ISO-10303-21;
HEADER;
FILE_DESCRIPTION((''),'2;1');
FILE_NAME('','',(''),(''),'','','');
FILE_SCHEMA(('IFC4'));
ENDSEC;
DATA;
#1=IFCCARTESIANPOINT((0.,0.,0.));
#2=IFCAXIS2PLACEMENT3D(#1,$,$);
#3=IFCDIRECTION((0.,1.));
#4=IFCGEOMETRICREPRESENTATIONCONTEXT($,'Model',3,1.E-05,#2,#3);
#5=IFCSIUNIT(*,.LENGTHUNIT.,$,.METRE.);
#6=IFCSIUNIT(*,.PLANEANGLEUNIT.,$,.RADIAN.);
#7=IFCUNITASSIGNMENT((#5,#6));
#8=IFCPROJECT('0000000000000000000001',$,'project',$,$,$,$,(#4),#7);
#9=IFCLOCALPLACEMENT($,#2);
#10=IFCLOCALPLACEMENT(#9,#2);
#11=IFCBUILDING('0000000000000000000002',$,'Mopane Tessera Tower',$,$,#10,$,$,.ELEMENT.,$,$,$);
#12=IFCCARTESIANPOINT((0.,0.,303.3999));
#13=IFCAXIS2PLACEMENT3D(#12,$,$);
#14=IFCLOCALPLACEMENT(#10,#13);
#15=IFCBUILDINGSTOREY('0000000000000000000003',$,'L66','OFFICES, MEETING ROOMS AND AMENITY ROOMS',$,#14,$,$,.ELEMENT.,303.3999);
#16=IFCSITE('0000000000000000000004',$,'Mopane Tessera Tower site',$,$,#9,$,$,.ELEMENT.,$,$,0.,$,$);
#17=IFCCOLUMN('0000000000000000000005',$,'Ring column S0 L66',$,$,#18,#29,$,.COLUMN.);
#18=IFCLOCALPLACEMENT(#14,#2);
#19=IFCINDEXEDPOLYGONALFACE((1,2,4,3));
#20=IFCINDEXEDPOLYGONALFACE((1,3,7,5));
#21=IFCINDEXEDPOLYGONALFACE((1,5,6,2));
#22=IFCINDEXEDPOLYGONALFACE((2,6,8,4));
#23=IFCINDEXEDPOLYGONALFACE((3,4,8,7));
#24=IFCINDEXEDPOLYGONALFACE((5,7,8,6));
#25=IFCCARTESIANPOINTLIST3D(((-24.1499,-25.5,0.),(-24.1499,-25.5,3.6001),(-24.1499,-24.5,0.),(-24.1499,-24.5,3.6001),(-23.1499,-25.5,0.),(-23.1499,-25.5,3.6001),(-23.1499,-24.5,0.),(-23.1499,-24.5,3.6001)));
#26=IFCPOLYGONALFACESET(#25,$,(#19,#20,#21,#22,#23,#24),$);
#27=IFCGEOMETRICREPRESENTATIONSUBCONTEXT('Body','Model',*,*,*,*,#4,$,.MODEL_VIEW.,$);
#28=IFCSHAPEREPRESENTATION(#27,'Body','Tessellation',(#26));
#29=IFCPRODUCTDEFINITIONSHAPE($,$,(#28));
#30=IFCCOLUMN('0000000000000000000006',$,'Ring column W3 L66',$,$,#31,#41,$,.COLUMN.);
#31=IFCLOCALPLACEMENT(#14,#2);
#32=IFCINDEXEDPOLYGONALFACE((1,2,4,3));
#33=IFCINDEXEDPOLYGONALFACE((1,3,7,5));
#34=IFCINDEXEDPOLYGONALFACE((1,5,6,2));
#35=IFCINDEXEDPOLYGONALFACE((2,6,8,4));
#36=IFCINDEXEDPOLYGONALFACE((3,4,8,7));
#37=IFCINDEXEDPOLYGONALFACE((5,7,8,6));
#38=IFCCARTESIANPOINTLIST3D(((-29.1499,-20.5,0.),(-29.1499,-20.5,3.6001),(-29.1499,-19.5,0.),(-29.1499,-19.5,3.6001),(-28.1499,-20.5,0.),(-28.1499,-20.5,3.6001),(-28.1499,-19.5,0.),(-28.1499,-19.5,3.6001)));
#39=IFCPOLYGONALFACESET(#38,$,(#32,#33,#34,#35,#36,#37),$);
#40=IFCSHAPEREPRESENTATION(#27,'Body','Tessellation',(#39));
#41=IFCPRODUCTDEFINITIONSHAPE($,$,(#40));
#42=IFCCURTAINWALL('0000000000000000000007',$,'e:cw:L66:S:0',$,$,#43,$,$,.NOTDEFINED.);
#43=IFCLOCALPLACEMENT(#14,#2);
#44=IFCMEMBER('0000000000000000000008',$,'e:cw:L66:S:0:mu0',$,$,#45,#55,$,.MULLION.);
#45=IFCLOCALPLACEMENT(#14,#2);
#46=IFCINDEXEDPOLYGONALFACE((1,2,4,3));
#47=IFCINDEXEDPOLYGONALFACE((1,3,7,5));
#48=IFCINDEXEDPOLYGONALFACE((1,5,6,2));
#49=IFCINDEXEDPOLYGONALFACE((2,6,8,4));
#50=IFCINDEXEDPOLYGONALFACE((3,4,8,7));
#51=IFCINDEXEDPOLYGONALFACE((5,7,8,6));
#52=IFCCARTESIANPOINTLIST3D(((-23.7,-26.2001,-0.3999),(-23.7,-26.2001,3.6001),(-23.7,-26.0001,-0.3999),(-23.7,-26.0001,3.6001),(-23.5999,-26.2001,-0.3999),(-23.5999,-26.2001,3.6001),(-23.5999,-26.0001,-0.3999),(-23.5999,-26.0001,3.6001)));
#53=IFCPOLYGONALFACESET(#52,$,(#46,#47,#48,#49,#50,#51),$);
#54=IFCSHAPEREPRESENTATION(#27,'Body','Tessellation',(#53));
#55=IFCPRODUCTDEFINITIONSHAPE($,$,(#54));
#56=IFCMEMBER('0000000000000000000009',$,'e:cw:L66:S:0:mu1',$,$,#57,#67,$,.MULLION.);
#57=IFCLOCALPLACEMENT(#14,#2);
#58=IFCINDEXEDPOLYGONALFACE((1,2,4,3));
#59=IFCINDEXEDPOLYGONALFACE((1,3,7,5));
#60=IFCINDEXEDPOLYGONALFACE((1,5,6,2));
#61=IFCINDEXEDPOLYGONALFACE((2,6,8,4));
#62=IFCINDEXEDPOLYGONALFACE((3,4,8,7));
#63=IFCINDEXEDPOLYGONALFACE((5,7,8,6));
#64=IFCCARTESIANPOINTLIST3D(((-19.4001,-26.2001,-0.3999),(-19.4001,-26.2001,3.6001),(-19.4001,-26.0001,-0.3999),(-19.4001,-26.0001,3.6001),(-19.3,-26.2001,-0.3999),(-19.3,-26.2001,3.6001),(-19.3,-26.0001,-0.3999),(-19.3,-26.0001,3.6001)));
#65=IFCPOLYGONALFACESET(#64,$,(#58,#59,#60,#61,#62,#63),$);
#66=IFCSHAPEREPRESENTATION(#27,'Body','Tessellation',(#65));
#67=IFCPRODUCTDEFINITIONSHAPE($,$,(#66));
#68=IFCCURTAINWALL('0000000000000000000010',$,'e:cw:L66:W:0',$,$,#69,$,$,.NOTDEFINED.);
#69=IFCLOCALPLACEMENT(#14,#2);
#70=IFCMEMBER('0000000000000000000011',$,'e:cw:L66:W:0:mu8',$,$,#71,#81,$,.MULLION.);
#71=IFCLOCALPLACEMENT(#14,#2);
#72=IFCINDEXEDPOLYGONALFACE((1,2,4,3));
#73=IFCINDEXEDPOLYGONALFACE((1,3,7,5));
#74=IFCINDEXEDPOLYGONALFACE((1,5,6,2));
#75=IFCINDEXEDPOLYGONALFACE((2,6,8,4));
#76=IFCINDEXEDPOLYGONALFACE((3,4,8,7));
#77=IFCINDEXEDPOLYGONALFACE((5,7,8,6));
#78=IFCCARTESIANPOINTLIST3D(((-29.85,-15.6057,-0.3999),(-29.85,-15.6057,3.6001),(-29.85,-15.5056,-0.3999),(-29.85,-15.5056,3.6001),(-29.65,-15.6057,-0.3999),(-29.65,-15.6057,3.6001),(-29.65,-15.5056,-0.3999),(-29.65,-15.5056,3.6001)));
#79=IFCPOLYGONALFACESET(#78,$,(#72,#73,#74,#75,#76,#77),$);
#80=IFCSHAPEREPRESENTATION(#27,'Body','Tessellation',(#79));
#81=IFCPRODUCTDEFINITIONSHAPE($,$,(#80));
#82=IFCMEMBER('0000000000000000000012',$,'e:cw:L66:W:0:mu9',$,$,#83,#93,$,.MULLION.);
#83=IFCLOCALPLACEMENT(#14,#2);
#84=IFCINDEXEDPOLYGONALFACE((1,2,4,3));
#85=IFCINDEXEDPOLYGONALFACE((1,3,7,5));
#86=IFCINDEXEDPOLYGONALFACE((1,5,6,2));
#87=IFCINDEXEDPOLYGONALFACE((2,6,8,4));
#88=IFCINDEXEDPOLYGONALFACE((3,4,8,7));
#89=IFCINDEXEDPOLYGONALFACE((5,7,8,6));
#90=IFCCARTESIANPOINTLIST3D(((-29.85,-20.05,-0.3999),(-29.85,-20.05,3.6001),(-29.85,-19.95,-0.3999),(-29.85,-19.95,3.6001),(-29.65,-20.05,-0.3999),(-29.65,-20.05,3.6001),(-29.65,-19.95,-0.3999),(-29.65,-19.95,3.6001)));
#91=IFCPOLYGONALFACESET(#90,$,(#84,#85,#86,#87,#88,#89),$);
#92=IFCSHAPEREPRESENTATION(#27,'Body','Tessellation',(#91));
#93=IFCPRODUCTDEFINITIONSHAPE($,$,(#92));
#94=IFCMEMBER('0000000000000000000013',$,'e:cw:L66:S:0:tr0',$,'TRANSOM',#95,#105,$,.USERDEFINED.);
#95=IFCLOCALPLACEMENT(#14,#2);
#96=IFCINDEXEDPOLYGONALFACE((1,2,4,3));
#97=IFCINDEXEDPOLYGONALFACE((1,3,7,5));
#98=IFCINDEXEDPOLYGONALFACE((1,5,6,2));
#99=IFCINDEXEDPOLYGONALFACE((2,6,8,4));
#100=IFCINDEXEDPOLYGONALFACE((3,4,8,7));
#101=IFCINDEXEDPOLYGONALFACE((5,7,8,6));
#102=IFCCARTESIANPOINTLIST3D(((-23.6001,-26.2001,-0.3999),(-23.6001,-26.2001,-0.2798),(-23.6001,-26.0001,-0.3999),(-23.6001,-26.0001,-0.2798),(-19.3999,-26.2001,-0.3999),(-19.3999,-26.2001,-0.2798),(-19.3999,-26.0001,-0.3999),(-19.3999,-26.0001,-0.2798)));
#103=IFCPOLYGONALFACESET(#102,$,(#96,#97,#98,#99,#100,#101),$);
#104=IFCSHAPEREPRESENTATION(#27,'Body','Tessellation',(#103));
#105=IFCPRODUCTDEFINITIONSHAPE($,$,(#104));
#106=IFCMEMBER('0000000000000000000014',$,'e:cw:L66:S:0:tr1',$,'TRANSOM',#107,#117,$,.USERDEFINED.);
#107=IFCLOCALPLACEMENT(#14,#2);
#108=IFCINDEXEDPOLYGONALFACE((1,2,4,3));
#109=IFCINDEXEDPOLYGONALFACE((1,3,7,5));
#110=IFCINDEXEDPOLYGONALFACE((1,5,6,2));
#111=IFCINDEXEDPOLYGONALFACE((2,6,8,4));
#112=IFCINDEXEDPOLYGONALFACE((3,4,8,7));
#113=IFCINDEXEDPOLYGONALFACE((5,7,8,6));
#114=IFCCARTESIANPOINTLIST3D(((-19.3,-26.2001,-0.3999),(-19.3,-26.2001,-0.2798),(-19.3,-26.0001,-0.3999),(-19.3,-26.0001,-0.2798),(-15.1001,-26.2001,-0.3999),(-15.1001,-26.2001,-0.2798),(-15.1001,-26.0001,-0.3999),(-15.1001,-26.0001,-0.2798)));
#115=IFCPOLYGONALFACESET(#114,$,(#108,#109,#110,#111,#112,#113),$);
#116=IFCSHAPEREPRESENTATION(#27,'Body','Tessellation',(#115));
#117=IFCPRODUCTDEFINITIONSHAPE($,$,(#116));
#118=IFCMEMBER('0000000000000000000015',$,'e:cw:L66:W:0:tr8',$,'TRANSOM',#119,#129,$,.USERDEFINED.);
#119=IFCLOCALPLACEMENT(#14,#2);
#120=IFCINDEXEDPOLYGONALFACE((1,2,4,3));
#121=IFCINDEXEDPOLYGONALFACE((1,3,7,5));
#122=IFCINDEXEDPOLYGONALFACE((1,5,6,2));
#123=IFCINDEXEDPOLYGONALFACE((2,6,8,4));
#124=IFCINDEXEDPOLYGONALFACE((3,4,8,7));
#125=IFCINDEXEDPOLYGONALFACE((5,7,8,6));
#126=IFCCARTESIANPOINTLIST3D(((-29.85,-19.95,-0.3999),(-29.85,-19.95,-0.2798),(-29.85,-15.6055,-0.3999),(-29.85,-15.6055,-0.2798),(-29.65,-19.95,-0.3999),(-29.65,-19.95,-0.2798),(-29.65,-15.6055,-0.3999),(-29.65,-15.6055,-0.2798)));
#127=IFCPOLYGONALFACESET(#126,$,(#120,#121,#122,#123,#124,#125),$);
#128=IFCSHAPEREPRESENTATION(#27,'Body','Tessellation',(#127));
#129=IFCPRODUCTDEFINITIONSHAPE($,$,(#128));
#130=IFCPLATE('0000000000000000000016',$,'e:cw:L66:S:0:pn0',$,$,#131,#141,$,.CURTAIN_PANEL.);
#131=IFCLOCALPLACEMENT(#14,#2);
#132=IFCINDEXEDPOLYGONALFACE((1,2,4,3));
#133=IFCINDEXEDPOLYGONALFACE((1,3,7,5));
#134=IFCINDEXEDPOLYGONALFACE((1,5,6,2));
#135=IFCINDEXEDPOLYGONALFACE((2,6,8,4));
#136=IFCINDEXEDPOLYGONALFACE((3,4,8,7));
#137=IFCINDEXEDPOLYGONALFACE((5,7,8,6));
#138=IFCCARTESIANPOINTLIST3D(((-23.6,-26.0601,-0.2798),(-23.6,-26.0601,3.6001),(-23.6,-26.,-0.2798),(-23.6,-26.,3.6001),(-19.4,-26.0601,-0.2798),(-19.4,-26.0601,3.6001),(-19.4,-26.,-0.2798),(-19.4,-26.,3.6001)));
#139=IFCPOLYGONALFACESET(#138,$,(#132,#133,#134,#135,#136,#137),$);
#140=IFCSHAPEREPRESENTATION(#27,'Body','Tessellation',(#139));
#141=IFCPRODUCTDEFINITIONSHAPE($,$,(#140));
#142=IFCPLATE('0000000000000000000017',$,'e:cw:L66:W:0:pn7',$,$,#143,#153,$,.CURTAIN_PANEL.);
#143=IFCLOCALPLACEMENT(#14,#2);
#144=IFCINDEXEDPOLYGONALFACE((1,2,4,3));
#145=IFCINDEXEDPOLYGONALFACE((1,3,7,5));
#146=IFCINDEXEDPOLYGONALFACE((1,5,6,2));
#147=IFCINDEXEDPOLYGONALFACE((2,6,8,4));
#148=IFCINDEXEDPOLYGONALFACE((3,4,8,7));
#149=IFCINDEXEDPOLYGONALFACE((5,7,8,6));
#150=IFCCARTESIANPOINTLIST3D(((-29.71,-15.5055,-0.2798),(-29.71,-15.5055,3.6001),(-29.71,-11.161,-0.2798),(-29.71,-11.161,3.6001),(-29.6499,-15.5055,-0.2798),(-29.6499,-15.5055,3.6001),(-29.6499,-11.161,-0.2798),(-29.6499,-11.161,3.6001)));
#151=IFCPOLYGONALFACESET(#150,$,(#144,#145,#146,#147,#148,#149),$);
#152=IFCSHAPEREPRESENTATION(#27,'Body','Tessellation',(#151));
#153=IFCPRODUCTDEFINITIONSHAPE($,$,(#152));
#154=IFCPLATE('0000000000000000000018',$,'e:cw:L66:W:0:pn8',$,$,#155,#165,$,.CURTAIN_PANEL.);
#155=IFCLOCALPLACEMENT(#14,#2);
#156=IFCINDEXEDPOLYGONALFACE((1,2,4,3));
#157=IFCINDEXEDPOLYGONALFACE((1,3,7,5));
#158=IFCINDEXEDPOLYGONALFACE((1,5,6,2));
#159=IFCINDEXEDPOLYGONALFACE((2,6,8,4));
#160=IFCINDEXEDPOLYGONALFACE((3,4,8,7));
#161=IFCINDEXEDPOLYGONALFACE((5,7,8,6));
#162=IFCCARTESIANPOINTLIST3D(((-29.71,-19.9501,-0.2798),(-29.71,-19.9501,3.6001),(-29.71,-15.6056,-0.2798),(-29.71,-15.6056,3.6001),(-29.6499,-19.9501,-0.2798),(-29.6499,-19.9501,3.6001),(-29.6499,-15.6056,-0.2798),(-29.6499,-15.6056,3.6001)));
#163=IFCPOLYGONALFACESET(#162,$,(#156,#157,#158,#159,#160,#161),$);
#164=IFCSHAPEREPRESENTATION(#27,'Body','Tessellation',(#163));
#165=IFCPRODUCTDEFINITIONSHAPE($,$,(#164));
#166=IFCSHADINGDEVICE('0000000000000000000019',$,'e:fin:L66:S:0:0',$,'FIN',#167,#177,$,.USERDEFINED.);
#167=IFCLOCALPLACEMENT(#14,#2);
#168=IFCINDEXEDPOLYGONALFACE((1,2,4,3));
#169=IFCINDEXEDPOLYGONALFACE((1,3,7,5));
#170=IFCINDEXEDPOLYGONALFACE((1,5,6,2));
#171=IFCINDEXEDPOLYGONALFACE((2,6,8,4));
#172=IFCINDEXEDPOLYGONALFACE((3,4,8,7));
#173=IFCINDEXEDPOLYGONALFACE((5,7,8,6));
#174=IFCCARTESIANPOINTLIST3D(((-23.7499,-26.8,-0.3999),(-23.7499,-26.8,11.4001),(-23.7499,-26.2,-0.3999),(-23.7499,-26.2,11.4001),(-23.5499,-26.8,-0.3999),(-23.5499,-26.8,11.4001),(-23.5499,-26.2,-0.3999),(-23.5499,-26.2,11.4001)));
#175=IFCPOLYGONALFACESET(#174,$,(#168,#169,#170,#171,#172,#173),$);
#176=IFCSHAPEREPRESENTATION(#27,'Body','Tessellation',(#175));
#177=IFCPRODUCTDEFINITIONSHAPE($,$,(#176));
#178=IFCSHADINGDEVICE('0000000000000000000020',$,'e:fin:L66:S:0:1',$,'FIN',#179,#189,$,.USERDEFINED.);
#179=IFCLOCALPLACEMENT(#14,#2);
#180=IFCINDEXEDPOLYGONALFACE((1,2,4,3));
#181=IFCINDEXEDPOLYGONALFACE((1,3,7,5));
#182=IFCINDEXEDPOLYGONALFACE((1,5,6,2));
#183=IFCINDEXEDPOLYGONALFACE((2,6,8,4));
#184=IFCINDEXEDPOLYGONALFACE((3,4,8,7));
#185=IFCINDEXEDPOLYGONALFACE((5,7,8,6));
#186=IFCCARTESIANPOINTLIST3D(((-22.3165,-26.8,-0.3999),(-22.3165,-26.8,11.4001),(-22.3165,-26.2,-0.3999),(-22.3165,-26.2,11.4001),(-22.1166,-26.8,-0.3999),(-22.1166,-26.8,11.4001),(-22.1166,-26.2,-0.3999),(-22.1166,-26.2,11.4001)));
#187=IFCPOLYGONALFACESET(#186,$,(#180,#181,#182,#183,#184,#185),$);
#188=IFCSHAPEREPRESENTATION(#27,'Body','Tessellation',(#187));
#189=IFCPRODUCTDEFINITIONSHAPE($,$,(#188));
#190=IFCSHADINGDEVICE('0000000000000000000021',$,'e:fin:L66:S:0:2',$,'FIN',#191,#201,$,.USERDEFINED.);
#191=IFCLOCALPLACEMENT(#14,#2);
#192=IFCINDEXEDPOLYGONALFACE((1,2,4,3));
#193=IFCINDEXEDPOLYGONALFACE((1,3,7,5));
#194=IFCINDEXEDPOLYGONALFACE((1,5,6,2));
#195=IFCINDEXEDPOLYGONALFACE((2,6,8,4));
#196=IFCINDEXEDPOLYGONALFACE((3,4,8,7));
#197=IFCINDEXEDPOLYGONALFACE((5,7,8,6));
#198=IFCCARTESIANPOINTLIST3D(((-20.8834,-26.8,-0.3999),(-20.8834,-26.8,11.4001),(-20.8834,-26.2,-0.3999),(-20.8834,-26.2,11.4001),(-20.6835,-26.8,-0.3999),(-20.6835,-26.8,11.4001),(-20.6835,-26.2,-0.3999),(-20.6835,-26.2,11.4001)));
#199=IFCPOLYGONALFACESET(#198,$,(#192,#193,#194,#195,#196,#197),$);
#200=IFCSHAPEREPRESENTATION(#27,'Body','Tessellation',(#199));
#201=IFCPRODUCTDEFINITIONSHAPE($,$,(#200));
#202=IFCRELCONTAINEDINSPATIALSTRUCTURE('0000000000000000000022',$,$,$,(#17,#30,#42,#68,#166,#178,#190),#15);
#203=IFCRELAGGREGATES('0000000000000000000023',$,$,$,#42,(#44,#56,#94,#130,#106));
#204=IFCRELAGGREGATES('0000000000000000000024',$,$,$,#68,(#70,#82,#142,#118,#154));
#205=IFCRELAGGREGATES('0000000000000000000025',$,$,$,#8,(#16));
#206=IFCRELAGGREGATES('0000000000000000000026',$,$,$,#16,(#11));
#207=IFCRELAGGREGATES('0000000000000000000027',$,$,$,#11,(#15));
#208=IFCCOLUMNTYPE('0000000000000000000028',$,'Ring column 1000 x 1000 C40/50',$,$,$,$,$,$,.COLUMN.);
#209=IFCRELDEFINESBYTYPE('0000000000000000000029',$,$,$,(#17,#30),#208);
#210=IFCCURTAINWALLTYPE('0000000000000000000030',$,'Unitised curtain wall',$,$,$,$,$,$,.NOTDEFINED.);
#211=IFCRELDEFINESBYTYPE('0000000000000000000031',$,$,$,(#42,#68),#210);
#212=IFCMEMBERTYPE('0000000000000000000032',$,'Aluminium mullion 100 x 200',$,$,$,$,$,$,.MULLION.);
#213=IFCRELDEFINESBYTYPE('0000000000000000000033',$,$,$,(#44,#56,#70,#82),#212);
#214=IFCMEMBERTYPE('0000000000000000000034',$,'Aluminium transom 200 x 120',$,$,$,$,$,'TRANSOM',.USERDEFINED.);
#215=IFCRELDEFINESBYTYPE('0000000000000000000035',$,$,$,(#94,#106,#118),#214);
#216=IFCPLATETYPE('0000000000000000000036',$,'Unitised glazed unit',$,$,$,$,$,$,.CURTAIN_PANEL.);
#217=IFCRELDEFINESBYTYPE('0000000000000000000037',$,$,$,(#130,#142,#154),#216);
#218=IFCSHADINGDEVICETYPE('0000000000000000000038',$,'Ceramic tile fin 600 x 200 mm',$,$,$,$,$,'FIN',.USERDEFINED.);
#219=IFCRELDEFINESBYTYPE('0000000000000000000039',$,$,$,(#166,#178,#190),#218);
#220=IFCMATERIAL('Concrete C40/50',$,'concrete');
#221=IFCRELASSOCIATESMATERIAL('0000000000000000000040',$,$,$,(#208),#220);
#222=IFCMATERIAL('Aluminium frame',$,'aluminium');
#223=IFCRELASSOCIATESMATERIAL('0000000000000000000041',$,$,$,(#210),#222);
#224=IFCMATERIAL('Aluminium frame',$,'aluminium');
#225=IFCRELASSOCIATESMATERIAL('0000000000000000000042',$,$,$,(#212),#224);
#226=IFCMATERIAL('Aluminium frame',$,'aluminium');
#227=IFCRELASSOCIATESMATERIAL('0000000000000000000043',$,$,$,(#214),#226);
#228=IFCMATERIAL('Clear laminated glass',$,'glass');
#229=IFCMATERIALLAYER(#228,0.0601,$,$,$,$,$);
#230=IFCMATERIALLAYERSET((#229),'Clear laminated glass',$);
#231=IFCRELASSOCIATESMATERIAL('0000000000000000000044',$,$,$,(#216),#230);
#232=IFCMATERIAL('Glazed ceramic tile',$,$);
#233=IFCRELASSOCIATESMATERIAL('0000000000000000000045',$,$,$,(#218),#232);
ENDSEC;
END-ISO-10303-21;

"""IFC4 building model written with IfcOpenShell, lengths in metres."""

from ifc_helpers import new_model, si_unit, direction, frame, origin, origin_2d, place, context, subcontext, project, spatial, rectangle, extrude, material, layer, layer_set, material_profile, profile_set, type_object, element, aggregate, save


model = new_model("IFC4")

# Units and contexts
model_context = context("Model", 3, precision=1e-05, world=origin(), true_north=direction((0.0, 1.0)))
body_context = subcontext(model_context, "Body", "Model", "MODEL_VIEW")
ifc_project = project(units=[si_unit("LENGTHUNIT", "METRE"), si_unit("PLANEANGLEUNIT", "RADIAN")], contexts=[model_context])

# Site, building, storey
site_placement = place(None, origin())
site = spatial("IfcSite", under=ifc_project, at=site_placement, Name="Mopane Tessera Tower site", CompositionType="ELEMENT", RefElevation=0.0)
building_placement = place(site_placement, origin())
building = spatial("IfcBuilding", under=site, at=building_placement, Name="Mopane Tessera Tower", CompositionType="ELEMENT")
storey_placement = place(building_placement, frame((0.0, 0.0, 303.3999)))
storey = spatial("IfcBuildingStorey", under=building, at=storey_placement, Name="L66", Description="OFFICES, MEETING ROOMS AND AMENITY ROOMS", CompositionType="ELEMENT", Elevation=303.3999)

# Columns
ifc_material_1 = material(Name="Concrete C40/50", Category="concrete")
ifc_material_profile_1 = material_profile(ifc_material_1, rectangle(XDim=1.0, YDim=1.0, at=origin_2d()))
ifc_profile_set_1 = profile_set([ifc_material_profile_1], Name="Concrete C40/50")
column_type = type_object("IfcColumnType", Name="Ring column 1000 x 1000 C40/50", PredefinedType="COLUMN", material=ifc_profile_set_1)
for number, where, z_axis, x_axis, name in (
    (1, (-23.6499, -25.0, 0.0), (0.0, 0.0, 1.0), (1.0, 0.0, 0.0), "Ring column S0 L66"),
    (2, (-28.6499, -20.0, 0.0), (0.0, 0.0, 1.0), (1.0, 0.0, 0.0), "Ring column W3 L66"),
):
    element("IfcColumn", number, at=place(storey_placement, frame(where, z_axis=z_axis, x_axis=x_axis)), inside=storey, type_object=column_type, Name=name, PredefinedType="COLUMN", context=body_context, shape_type="SweptSolid", body=[
        extrude(rectangle(XDim=1.0, YDim=1.0, at=origin_2d()), origin(), (0.0, 0.0, 1.0), 3.6001),
    ])

# Curtain walls, members
ifc_material_2 = material(Name="Aluminium frame", Category="aluminium")
curtain_wall_type = type_object("IfcCurtainWallType", Name="Unitised curtain wall", PredefinedType="NOTDEFINED", material=ifc_material_2)
curtain_wall_1_placement = place(storey_placement, origin())
curtain_wall_1 = element("IfcCurtainWall", 3, at=curtain_wall_1_placement, inside=storey, type_object=curtain_wall_type, Name="e:cw:L66:S:0", PredefinedType="NOTDEFINED")
ifc_material_3 = material(Name="Aluminium frame", Category="aluminium")
ifc_material_profile_2 = material_profile(ifc_material_3, rectangle(XDim=0.1001, YDim=0.2, at=origin_2d()))
ifc_profile_set_2 = profile_set([ifc_material_profile_2], Name="Aluminium frame")
member_type_1 = type_object("IfcMemberType", Name="Aluminium mullion 100 x 200", PredefinedType="MULLION", material=ifc_profile_set_2)
member_1_placement = place(storey_placement, frame((-23.6499, -26.1001, -0.3999), z_axis=(0.0, 0.0, 1.0), x_axis=(1.0, 0.0, 0.0)))
member_1 = element("IfcMember", 4, at=member_1_placement, type_object=member_type_1, Name="e:cw:L66:S:0:mu0", PredefinedType="MULLION", context=body_context, shape_type="SweptSolid", body=[
    extrude(rectangle(XDim=0.1001, YDim=0.2, at=origin_2d()), origin(), (0.0, 0.0, 1.0), 4.0),
])
member_2_placement = place(storey_placement, frame((-19.3501, -26.1001, -0.3999), z_axis=(0.0, 0.0, 1.0), x_axis=(1.0, 0.0, 0.0)))
member_2 = element("IfcMember", 5, at=member_2_placement, type_object=member_type_1, Name="e:cw:L66:S:0:mu1", PredefinedType="MULLION", context=body_context, shape_type="SweptSolid", body=[
    extrude(rectangle(XDim=0.1001, YDim=0.2, at=origin_2d()), origin(), (0.0, 0.0, 1.0), 4.0),
])
curtain_wall_2_placement = place(storey_placement, origin())
curtain_wall_2 = element("IfcCurtainWall", 6, at=curtain_wall_2_placement, inside=storey, type_object=curtain_wall_type, Name="e:cw:L66:W:0", PredefinedType="NOTDEFINED")
member_3_placement = place(storey_placement, frame((-29.75, -15.5557, -0.3999), z_axis=(0.0, 0.0, 1.0), x_axis=(0.0, -1.0, 0.0)))
member_3 = element("IfcMember", 7, at=member_3_placement, type_object=member_type_1, Name="e:cw:L66:W:0:mu8", PredefinedType="MULLION", context=body_context, shape_type="SweptSolid", body=[
    extrude(rectangle(XDim=0.1001, YDim=0.2, at=origin_2d()), origin(), (0.0, 0.0, 1.0), 4.0),
])
member_4_placement = place(storey_placement, frame((-29.75, -20.0, -0.3999), z_axis=(0.0, 0.0, 1.0), x_axis=(0.0, -1.0, 0.0)))
member_4 = element("IfcMember", 8, at=member_4_placement, type_object=member_type_1, Name="e:cw:L66:W:0:mu9", PredefinedType="MULLION", context=body_context, shape_type="SweptSolid", body=[
    extrude(rectangle(XDim=0.1001, YDim=0.2, at=origin_2d()), origin(), (0.0, 0.0, 1.0), 4.0),
])

# Members
ifc_material_4 = material(Name="Aluminium frame", Category="aluminium")
ifc_material_profile_3 = material_profile(ifc_material_4, rectangle(XDim=0.2, YDim=0.1201, at=origin_2d()))
ifc_profile_set_3 = profile_set([ifc_material_profile_3], Name="Aluminium frame")
member_type_2 = type_object("IfcMemberType", Name="Aluminium transom 200 x 120", ElementType="TRANSOM", PredefinedType="USERDEFINED", material=ifc_profile_set_3)
member_5_placement = place(storey_placement, frame((-23.6001, -26.1001, -0.3398), z_axis=(1.0, 0.0, 0.0), x_axis=(0.0, 1.0, 0.0)))
member_5 = element("IfcMember", 9, at=member_5_placement, type_object=member_type_2, Name="e:cw:L66:S:0:tr0", ObjectType="TRANSOM", PredefinedType="USERDEFINED", context=body_context, shape_type="SweptSolid", body=[
    extrude(rectangle(XDim=0.2, YDim=0.1201, at=origin_2d()), origin(), (0.0, 0.0, 1.0), 4.2002),
])
member_6_placement = place(storey_placement, frame((-19.3, -26.1001, -0.3398), z_axis=(1.0, 0.0, 0.0), x_axis=(0.0, 1.0, 0.0)))
member_6 = element("IfcMember", 10, at=member_6_placement, type_object=member_type_2, Name="e:cw:L66:S:0:tr1", ObjectType="TRANSOM", PredefinedType="USERDEFINED", context=body_context, shape_type="SweptSolid", body=[
    extrude(rectangle(XDim=0.2, YDim=0.1201, at=origin_2d()), origin(), (0.0, 0.0, 1.0), 4.2),
])
member_7_placement = place(storey_placement, frame((-29.75, -15.6055, -0.3398), z_axis=(0.0, -1.0, 0.0), x_axis=(1.0, 0.0, 0.0)))
member_7 = element("IfcMember", 11, at=member_7_placement, type_object=member_type_2, Name="e:cw:L66:W:0:tr8", ObjectType="TRANSOM", PredefinedType="USERDEFINED", context=body_context, shape_type="SweptSolid", body=[
    extrude(rectangle(XDim=0.2, YDim=0.1201, at=origin_2d()), origin(), (0.0, 0.0, 1.0), 4.3445),
])

# Plates
ifc_material_5 = material(Name="Clear laminated glass", Category="glass")
ifc_layer = layer(ifc_material_5, 0.0601)
ifc_layer_set = layer_set([ifc_layer], Name="Clear laminated glass")
plate_type = type_object("IfcPlateType", Name="Unitised glazed unit", PredefinedType="CURTAIN_PANEL", material=ifc_layer_set)
plate_1_placement = place(storey_placement, frame((-21.5, -26.03, -0.2798), z_axis=(0.0, 0.0, 1.0), x_axis=(1.0, 0.0, 0.0)))
plate_1 = element("IfcPlate", 12, at=plate_1_placement, type_object=plate_type, Name="e:cw:L66:S:0:pn0", PredefinedType="CURTAIN_PANEL", context=body_context, shape_type="SweptSolid", body=[
    extrude(rectangle(XDim=4.2, YDim=0.0601, at=origin_2d()), origin(), (0.0, 0.0, 1.0), 3.8799),
])
aggregate(curtain_wall_1, [member_1, member_2, member_5, plate_1, member_6])
plate_2_placement = place(storey_placement, frame((-29.6799, -13.3333, -0.2798), z_axis=(0.0, 0.0, 1.0), x_axis=(0.0, -1.0, 0.0)))
plate_2 = element("IfcPlate", 13, at=plate_2_placement, type_object=plate_type, Name="e:cw:L66:W:0:pn7", PredefinedType="CURTAIN_PANEL", context=body_context, shape_type="SweptSolid", body=[
    extrude(rectangle(XDim=4.3445, YDim=0.0601, at=origin_2d()), origin(), (0.0, 0.0, 1.0), 3.8799),
])
plate_3_placement = place(storey_placement, frame((-29.6799, -17.7778, -0.2798), z_axis=(0.0, 0.0, 1.0), x_axis=(0.0, -1.0, 0.0)))
plate_3 = element("IfcPlate", 14, at=plate_3_placement, type_object=plate_type, Name="e:cw:L66:W:0:pn8", PredefinedType="CURTAIN_PANEL", context=body_context, shape_type="SweptSolid", body=[
    extrude(rectangle(XDim=4.3445, YDim=0.0601, at=origin_2d()), origin(), (0.0, 0.0, 1.0), 3.8799),
])
aggregate(curtain_wall_2, [member_3, member_4, plate_2, member_7, plate_3])

# Shading devices
ifc_material_6 = material(Name="Glazed ceramic tile")
shading_device_type = type_object("IfcShadingDeviceType", Name="Ceramic tile fin 600 x 200 mm", ElementType="FIN", PredefinedType="USERDEFINED", material=ifc_material_6)
for number, where, z_axis, x_axis, name in (
    (15, (-23.6499, -26.5, -0.3999), (0.0, 0.0, 1.0), (1.0, 0.0, 0.0), "e:fin:L66:S:0:0"),
    (16, (-22.2166, -26.5, -0.3999), (0.0, 0.0, 1.0), (1.0, 0.0, 0.0), "e:fin:L66:S:0:1"),
    (17, (-20.7834, -26.5, -0.3999), (0.0, 0.0, 1.0), (1.0, 0.0, 0.0), "e:fin:L66:S:0:2"),
):
    element("IfcShadingDevice", number, at=place(storey_placement, frame(where, z_axis=z_axis, x_axis=x_axis)), inside=storey, type_object=shading_device_type, Name=name, ObjectType="FIN", PredefinedType="USERDEFINED", context=body_context, shape_type="SweptSolid", body=[
        extrude(rectangle(XDim=0.2, YDim=0.6001, at=origin_2d()), origin(), (0.0, 0.0, 1.0), 11.8),
    ])

save(model, "model.ifc")
